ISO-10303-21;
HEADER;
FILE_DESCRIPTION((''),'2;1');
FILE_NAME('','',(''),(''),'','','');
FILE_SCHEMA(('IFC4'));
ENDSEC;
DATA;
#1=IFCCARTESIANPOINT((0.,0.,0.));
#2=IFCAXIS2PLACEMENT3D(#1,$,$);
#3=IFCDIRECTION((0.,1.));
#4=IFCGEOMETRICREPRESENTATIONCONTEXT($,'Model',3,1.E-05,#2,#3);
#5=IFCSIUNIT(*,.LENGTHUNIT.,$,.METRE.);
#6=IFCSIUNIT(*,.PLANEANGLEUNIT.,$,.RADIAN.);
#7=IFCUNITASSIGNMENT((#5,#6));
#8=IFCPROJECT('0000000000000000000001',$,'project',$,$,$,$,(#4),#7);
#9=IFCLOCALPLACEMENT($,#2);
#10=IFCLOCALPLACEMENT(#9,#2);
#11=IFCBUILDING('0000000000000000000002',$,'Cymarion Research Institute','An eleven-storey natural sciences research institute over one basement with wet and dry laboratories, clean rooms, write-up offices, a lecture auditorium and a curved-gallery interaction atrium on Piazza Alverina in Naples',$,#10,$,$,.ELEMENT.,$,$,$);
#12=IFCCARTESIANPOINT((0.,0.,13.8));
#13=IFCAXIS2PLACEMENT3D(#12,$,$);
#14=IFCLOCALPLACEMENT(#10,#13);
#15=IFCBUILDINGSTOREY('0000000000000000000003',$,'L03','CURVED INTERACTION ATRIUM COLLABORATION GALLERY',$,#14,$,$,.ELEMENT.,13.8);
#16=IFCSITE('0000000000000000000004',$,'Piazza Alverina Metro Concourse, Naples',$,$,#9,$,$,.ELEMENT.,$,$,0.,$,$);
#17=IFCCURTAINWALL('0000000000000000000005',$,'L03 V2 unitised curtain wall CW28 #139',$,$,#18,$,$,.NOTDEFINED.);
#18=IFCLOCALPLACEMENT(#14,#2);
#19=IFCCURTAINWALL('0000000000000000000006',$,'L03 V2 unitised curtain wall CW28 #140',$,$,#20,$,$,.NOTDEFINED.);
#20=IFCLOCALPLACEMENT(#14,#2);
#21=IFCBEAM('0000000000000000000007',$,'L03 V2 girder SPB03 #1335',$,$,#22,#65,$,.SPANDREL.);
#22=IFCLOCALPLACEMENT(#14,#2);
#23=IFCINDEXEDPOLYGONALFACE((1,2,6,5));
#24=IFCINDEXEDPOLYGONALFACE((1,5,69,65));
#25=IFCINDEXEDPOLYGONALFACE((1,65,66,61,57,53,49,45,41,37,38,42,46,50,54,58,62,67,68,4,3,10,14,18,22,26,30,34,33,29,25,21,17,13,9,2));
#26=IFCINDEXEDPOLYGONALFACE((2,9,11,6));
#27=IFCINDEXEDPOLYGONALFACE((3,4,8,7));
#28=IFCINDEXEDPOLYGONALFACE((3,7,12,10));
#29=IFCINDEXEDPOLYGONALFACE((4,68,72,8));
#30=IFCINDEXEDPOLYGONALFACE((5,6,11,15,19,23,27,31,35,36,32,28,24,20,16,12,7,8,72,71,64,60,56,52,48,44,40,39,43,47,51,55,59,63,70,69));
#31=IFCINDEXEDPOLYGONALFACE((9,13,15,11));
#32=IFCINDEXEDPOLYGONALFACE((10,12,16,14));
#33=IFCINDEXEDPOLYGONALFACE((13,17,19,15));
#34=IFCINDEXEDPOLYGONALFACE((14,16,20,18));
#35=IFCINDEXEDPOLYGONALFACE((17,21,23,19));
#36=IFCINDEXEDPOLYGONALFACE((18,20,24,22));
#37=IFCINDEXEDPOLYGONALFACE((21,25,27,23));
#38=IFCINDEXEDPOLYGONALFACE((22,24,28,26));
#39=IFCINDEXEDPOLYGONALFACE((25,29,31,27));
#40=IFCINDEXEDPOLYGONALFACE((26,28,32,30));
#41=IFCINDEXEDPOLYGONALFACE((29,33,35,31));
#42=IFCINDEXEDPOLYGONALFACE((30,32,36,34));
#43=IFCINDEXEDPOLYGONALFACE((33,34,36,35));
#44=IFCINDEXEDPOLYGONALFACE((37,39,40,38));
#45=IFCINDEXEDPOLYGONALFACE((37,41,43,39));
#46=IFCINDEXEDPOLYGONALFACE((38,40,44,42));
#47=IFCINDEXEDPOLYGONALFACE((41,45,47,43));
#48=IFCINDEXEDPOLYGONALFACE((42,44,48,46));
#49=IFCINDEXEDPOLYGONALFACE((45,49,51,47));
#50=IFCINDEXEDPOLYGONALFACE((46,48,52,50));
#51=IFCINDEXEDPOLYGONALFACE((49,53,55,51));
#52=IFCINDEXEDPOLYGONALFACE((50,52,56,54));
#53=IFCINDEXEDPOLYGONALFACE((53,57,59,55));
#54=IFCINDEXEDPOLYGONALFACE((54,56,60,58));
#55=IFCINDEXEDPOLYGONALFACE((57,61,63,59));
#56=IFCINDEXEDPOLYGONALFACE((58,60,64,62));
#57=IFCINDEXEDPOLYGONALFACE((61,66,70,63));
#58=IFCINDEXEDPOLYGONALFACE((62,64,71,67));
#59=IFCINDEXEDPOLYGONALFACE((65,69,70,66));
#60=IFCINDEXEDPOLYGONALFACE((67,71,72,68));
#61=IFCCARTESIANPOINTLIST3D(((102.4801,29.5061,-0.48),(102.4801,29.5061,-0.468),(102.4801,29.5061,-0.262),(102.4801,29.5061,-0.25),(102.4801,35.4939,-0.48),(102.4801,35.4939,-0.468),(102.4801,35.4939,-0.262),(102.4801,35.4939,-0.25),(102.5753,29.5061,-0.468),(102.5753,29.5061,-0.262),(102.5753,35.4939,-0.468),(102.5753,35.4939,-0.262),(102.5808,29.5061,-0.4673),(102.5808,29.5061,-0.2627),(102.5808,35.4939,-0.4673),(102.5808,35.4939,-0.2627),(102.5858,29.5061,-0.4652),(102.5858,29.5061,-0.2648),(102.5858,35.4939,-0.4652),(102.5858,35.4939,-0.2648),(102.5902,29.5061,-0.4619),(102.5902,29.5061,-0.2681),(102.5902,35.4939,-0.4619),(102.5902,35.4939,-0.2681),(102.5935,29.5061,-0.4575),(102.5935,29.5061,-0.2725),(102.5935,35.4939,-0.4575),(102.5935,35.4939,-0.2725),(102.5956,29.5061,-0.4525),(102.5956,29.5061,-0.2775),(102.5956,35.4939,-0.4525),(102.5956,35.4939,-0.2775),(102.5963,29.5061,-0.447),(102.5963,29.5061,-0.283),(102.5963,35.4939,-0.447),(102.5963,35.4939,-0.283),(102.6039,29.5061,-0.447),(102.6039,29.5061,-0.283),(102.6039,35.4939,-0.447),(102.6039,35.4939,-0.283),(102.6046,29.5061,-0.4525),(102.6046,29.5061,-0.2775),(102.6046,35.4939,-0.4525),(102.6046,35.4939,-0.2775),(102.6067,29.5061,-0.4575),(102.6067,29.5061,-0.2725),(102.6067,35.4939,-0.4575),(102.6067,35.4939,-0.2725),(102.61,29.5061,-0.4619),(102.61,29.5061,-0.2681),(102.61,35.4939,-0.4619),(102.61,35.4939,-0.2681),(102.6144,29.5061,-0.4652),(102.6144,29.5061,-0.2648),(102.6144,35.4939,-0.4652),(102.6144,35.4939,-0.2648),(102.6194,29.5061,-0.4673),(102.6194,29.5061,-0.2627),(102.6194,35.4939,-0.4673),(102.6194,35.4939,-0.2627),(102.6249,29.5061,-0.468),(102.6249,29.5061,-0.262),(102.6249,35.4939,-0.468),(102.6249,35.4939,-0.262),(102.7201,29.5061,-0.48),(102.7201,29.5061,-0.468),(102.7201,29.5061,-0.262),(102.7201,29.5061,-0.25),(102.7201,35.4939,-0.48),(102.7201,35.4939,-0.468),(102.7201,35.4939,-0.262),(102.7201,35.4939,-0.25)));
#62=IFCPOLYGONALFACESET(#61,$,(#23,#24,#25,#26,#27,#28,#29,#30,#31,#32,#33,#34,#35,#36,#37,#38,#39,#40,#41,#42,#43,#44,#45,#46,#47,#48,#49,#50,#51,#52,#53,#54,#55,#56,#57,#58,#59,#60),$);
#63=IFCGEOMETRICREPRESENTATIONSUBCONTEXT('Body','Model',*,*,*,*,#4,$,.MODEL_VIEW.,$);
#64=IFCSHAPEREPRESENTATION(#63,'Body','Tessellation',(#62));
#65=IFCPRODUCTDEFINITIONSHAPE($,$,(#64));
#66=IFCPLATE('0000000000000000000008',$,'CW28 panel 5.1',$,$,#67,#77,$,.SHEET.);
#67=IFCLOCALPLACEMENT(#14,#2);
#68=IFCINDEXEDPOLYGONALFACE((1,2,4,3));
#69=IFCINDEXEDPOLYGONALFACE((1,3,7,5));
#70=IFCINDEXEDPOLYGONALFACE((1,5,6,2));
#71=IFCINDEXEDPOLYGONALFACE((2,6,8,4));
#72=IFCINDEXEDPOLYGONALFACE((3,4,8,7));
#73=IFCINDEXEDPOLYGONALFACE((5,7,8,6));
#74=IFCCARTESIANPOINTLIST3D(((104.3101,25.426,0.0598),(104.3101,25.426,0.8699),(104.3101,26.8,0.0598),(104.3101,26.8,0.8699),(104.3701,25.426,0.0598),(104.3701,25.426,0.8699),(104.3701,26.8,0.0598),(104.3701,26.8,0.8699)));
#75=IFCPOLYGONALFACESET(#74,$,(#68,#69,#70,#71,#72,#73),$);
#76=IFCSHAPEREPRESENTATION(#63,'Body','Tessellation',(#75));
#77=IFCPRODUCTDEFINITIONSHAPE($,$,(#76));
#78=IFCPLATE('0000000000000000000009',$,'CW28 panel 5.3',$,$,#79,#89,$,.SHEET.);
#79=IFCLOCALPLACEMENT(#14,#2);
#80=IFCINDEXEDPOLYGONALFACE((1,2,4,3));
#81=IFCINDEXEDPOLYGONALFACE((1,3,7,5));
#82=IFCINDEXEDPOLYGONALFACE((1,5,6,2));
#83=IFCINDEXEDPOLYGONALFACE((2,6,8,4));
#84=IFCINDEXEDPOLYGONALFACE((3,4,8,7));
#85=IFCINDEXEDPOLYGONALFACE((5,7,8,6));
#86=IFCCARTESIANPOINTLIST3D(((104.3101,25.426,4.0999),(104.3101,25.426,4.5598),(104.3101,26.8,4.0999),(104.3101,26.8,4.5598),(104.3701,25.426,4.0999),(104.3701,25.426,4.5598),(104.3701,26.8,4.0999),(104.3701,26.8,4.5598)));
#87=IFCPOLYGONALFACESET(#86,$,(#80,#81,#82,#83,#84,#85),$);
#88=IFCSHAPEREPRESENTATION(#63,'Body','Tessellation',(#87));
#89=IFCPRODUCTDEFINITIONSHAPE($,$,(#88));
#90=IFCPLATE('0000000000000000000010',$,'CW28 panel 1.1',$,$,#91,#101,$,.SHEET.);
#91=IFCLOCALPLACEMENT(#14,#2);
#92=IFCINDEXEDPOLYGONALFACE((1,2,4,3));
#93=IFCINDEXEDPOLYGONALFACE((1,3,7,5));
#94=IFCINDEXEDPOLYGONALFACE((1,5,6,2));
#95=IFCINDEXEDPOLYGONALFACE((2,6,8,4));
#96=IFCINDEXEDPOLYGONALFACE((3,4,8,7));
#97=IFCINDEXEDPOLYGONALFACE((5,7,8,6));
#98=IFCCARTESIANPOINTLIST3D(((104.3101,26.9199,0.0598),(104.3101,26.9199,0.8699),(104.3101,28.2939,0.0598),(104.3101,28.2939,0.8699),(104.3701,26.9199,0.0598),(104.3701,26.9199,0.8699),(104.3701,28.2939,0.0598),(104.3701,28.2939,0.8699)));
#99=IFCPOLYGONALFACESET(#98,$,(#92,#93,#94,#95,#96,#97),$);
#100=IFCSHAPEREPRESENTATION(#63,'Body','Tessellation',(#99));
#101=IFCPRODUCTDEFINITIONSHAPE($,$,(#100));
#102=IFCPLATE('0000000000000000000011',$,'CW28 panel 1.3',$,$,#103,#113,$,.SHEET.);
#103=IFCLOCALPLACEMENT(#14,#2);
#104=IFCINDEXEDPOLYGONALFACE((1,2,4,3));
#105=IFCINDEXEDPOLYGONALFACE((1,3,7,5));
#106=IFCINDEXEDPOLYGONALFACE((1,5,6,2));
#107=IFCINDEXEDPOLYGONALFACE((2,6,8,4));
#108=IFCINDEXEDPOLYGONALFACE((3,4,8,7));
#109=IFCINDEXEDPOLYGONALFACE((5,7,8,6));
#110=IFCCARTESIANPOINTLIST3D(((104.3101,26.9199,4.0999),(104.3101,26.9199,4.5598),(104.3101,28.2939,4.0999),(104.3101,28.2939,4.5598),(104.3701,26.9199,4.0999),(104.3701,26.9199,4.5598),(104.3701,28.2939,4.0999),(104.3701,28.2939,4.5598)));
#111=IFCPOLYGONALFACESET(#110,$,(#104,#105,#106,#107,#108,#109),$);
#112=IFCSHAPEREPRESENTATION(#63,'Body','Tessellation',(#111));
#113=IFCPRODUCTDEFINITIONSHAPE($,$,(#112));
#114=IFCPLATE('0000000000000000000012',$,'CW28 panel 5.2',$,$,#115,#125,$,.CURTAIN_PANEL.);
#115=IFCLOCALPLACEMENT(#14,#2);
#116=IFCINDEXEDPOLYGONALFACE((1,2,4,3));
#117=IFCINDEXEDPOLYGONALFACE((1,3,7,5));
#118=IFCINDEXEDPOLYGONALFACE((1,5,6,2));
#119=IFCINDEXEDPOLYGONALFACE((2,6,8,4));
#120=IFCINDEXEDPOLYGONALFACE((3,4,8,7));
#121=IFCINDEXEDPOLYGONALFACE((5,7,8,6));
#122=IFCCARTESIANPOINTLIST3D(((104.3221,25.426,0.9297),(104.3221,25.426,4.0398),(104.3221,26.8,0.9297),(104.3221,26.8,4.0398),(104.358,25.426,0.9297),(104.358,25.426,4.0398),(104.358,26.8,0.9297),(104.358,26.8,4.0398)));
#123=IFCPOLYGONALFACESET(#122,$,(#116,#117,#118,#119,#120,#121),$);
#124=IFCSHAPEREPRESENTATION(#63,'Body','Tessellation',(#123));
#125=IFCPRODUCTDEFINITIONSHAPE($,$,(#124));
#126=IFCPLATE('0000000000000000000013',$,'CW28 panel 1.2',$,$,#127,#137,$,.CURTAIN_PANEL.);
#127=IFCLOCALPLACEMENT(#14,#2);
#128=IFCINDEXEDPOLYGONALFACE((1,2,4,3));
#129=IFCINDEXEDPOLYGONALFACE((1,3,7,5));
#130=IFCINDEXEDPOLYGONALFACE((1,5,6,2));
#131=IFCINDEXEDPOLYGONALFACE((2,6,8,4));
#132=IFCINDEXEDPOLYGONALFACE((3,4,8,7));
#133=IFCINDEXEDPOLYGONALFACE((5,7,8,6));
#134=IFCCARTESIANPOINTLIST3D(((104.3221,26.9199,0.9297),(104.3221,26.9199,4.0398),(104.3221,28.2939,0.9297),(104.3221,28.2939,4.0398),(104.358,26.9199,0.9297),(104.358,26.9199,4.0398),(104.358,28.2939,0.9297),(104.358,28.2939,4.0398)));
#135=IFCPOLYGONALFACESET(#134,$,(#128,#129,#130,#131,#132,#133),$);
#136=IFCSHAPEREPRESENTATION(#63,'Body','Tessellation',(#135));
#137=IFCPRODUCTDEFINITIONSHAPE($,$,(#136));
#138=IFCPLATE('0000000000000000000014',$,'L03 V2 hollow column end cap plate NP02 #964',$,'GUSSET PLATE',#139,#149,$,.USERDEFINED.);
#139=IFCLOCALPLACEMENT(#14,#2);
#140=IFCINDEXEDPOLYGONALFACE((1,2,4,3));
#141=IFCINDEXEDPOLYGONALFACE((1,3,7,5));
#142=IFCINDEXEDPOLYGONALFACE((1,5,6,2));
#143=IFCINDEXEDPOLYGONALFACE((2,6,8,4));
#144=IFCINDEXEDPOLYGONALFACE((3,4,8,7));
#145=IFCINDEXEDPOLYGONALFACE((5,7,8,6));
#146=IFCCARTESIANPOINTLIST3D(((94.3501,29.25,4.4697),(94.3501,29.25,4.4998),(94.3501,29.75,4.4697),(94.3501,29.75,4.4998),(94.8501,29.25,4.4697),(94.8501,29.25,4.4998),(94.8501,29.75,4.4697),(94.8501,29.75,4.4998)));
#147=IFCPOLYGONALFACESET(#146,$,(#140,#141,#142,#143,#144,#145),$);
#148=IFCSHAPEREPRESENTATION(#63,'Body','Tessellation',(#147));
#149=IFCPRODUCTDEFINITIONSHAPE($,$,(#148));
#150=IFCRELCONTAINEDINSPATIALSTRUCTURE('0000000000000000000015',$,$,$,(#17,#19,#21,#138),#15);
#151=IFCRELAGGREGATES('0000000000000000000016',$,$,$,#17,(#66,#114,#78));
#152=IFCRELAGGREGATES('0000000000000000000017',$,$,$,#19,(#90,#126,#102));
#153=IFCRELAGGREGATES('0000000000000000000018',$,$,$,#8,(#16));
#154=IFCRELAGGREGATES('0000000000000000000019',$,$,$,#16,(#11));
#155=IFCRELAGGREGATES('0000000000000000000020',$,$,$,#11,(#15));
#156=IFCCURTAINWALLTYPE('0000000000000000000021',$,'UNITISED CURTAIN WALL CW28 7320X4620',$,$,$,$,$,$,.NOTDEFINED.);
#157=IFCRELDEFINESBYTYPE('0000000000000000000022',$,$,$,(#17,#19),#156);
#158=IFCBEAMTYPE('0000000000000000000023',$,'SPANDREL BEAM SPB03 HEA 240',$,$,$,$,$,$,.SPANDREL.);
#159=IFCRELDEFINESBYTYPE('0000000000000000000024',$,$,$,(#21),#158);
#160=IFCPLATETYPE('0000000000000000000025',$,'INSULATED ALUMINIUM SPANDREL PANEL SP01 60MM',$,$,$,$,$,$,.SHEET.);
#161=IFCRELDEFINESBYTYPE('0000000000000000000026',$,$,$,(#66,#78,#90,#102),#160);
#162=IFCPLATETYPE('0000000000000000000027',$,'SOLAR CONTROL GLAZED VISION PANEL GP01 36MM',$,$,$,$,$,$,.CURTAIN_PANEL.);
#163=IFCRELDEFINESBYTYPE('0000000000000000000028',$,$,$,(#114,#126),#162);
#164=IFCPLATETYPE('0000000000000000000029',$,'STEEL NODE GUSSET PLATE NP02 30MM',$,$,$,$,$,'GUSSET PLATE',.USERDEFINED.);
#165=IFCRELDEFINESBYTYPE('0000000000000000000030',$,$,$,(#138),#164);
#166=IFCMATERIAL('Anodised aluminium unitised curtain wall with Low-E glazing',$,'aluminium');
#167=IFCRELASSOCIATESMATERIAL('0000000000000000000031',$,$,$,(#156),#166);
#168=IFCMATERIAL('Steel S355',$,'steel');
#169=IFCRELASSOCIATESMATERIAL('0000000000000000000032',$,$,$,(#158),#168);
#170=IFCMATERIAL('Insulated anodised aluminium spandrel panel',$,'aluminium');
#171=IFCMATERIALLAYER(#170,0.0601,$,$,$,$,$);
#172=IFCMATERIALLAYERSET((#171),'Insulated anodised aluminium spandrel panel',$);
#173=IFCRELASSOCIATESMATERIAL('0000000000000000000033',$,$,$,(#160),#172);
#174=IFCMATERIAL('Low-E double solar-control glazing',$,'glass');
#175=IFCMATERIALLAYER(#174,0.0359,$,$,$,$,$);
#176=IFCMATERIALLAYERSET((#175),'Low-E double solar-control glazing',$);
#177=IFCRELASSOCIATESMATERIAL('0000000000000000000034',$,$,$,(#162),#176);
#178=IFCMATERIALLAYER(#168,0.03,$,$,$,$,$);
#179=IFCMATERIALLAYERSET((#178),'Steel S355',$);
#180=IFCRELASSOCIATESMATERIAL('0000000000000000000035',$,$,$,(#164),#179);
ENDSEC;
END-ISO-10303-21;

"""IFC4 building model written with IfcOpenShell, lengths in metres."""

from ifc_helpers import new_model, si_unit, direction, frame, origin, origin_2d, place, context, subcontext, project, spatial, rectangle, i_section, extrude, material, layer, layer_set, material_profile, profile_set, type_object, element, aggregate, save


model = new_model("IFC4")

# Units and contexts
model_context = context("Model", 3, precision=1e-05, world=origin(), true_north=direction((0.0, 1.0)))
body_context = subcontext(model_context, "Body", "Model", "MODEL_VIEW")
ifc_project = project(units=[si_unit("LENGTHUNIT", "METRE"), si_unit("PLANEANGLEUNIT", "RADIAN")], contexts=[model_context])

# Site, building, storey
site_placement = place(None, origin())
site = spatial("IfcSite", under=ifc_project, at=site_placement, Name="Piazza Alverina Metro Concourse, Naples", CompositionType="ELEMENT", RefElevation=0.0)
building_placement = place(site_placement, origin())
building = spatial("IfcBuilding", under=site, at=building_placement, Name="Cymarion Research Institute", Description="An eleven-storey natural sciences research institute over one basement with wet and dry laboratories, clean rooms, write-up offices, a lecture auditorium and a curved-gallery interaction atrium on Piazza Alverina in Naples", CompositionType="ELEMENT")
storey_placement = place(building_placement, frame((0.0, 0.0, 13.8)))
storey = spatial("IfcBuildingStorey", under=building, at=storey_placement, Name="L03", Description="CURVED INTERACTION ATRIUM COLLABORATION GALLERY", CompositionType="ELEMENT", Elevation=13.8)

# Shared definitions
ifc_material_1 = material(Name="Steel S355", Category="steel")

# Curtain wall
ifc_material_2 = material(Name="Anodised aluminium unitised curtain wall with Low-E glazing", Category="aluminium")
curtain_wall_type = type_object("IfcCurtainWallType", Name="UNITISED CURTAIN WALL CW28 7320X4620", PredefinedType="NOTDEFINED", material=ifc_material_2)
curtain_wall_1_placement = place(storey_placement, origin())
curtain_wall_1 = element("IfcCurtainWall", 1, at=curtain_wall_1_placement, inside=storey, type_object=curtain_wall_type, Name="L03 V2 unitised curtain wall CW28 #139", PredefinedType="NOTDEFINED")

# Curtain wall
curtain_wall_2_placement = place(storey_placement, origin())
curtain_wall_2 = element("IfcCurtainWall", 2, at=curtain_wall_2_placement, inside=storey, type_object=curtain_wall_type, Name="L03 V2 unitised curtain wall CW28 #140", PredefinedType="NOTDEFINED")

# Beam
ifc_material_profile_1 = material_profile(ifc_material_1, i_section(OverallWidth=0.24, OverallDepth=0.23, WebThickness=0.0076, FlangeThickness=0.012, FilletRadius=0.021, at=origin_2d()), Name="HEA 240")
ifc_profile_set_1 = profile_set([ifc_material_profile_1], Name="Steel S355")
beam_type_1 = type_object("IfcBeamType", Name="SPANDREL BEAM SPB03 HEA 240", PredefinedType="SPANDREL", material=ifc_profile_set_1)
beam_1_placement = place(storey_placement, frame((102.6001, 29.5061, -0.365), z_axis=(0.0, 1.0, 0.0), x_axis=(-1.0, 0.0, 0.0)))
element("IfcBeam", 3, at=beam_1_placement, inside=storey, type_object=beam_type_1, Name="L03 V2 girder SPB03 #1335", PredefinedType="SPANDREL", context=body_context, shape_type="SweptSolid", body=[
    extrude(i_section(OverallWidth=0.24, OverallDepth=0.23, WebThickness=0.0076, FlangeThickness=0.012, FilletRadius=0.021, at=origin_2d()), origin(), (0.0, 0.0, 1.0), 5.9878),
])

# Plates
ifc_material_3 = material(Name="Insulated anodised aluminium spandrel panel", Category="aluminium")
ifc_layer_1 = layer(ifc_material_3, 0.0601)
ifc_layer_set_1 = layer_set([ifc_layer_1], Name="Insulated anodised aluminium spandrel panel")
plate_type_1 = type_object("IfcPlateType", Name="INSULATED ALUMINIUM SPANDREL PANEL SP01 60MM", PredefinedType="SHEET", material=ifc_layer_set_1)
plate_1_placement = place(storey_placement, frame((104.3401, 26.113, 0.0598), z_axis=(0.0, 0.0, 1.0), x_axis=(0.0, 1.0, 0.0)))
plate_1 = element("IfcPlate", 4, at=plate_1_placement, type_object=plate_type_1, Name="CW28 panel 5.1", PredefinedType="SHEET", context=body_context, shape_type="SweptSolid", body=[
    extrude(rectangle(XDim=1.374, YDim=0.0601, at=origin_2d()), origin(), (0.0, 0.0, 1.0), 0.8101),
])
plate_2_placement = place(storey_placement, frame((104.3401, 26.113, 4.0999), z_axis=(0.0, 0.0, 1.0), x_axis=(0.0, 1.0, 0.0)))
plate_2 = element("IfcPlate", 5, at=plate_2_placement, type_object=plate_type_1, Name="CW28 panel 5.3", PredefinedType="SHEET", context=body_context, shape_type="SweptSolid", body=[
    extrude(rectangle(XDim=1.374, YDim=0.0601, at=origin_2d()), origin(), (0.0, 0.0, 1.0), 0.46),
])
plate_3_placement = place(storey_placement, frame((104.3401, 27.6069, 0.0598), z_axis=(0.0, 0.0, 1.0), x_axis=(0.0, 1.0, 0.0)))
plate_3 = element("IfcPlate", 6, at=plate_3_placement, type_object=plate_type_1, Name="CW28 panel 1.1", PredefinedType="SHEET", context=body_context, shape_type="SweptSolid", body=[
    extrude(rectangle(XDim=1.374, YDim=0.0601, at=origin_2d()), origin(), (0.0, 0.0, 1.0), 0.8101),
])
plate_4_placement = place(storey_placement, frame((104.3401, 27.6069, 4.0999), z_axis=(0.0, 0.0, 1.0), x_axis=(0.0, 1.0, 0.0)))
plate_4 = element("IfcPlate", 7, at=plate_4_placement, type_object=plate_type_1, Name="CW28 panel 1.3", PredefinedType="SHEET", context=body_context, shape_type="SweptSolid", body=[
    extrude(rectangle(XDim=1.374, YDim=0.0601, at=origin_2d()), origin(), (0.0, 0.0, 1.0), 0.46),
])
ifc_material_4 = material(Name="Low-E double solar-control glazing", Category="glass")
ifc_layer_2 = layer(ifc_material_4, 0.0359)
ifc_layer_set_2 = layer_set([ifc_layer_2], Name="Low-E double solar-control glazing")
plate_type_2 = type_object("IfcPlateType", Name="SOLAR CONTROL GLAZED VISION PANEL GP01 36MM", PredefinedType="CURTAIN_PANEL", material=ifc_layer_set_2)
plate_5_placement = place(storey_placement, frame((104.3401, 26.113, 0.9297), z_axis=(0.0, 0.0, 1.0), x_axis=(0.0, 1.0, 0.0)))
plate_5 = element("IfcPlate", 8, at=plate_5_placement, type_object=plate_type_2, Name="CW28 panel 5.2", PredefinedType="CURTAIN_PANEL", context=body_context, shape_type="SweptSolid", body=[
    extrude(rectangle(XDim=1.374, YDim=0.0359, at=origin_2d()), origin(), (0.0, 0.0, 1.0), 3.1101),
])
aggregate(curtain_wall_1, [plate_1, plate_5, plate_2])
plate_6_placement = place(storey_placement, frame((104.3401, 27.6069, 0.9297), z_axis=(0.0, 0.0, 1.0), x_axis=(0.0, 1.0, 0.0)))
plate_6 = element("IfcPlate", 9, at=plate_6_placement, type_object=plate_type_2, Name="CW28 panel 1.2", PredefinedType="CURTAIN_PANEL", context=body_context, shape_type="SweptSolid", body=[
    extrude(rectangle(XDim=1.374, YDim=0.0359, at=origin_2d()), origin(), (0.0, 0.0, 1.0), 3.1101),
])
aggregate(curtain_wall_2, [plate_3, plate_6, plate_4])
ifc_layer_3 = layer(ifc_material_1, 0.03)
ifc_layer_set_3 = layer_set([ifc_layer_3], Name="Steel S355")
plate_type_3 = type_object("IfcPlateType", Name="STEEL NODE GUSSET PLATE NP02 30MM", ElementType="GUSSET PLATE", PredefinedType="USERDEFINED", material=ifc_layer_set_3)
plate_7_placement = place(storey_placement, frame((94.6001, 29.5, 4.4697), z_axis=(0.0, 0.0, 1.0), x_axis=(1.0, 0.0, 0.0)))
element("IfcPlate", 10, at=plate_7_placement, inside=storey, type_object=plate_type_3, Name="L03 V2 hollow column end cap plate NP02 #964", ObjectType="GUSSET PLATE", PredefinedType="USERDEFINED", context=body_context, shape_type="SweptSolid", body=[
    extrude(rectangle(XDim=0.5, YDim=0.5, at=origin_2d()), origin(), (0.0, 0.0, 1.0), 0.03),
])

save(model, "model.ifc")
